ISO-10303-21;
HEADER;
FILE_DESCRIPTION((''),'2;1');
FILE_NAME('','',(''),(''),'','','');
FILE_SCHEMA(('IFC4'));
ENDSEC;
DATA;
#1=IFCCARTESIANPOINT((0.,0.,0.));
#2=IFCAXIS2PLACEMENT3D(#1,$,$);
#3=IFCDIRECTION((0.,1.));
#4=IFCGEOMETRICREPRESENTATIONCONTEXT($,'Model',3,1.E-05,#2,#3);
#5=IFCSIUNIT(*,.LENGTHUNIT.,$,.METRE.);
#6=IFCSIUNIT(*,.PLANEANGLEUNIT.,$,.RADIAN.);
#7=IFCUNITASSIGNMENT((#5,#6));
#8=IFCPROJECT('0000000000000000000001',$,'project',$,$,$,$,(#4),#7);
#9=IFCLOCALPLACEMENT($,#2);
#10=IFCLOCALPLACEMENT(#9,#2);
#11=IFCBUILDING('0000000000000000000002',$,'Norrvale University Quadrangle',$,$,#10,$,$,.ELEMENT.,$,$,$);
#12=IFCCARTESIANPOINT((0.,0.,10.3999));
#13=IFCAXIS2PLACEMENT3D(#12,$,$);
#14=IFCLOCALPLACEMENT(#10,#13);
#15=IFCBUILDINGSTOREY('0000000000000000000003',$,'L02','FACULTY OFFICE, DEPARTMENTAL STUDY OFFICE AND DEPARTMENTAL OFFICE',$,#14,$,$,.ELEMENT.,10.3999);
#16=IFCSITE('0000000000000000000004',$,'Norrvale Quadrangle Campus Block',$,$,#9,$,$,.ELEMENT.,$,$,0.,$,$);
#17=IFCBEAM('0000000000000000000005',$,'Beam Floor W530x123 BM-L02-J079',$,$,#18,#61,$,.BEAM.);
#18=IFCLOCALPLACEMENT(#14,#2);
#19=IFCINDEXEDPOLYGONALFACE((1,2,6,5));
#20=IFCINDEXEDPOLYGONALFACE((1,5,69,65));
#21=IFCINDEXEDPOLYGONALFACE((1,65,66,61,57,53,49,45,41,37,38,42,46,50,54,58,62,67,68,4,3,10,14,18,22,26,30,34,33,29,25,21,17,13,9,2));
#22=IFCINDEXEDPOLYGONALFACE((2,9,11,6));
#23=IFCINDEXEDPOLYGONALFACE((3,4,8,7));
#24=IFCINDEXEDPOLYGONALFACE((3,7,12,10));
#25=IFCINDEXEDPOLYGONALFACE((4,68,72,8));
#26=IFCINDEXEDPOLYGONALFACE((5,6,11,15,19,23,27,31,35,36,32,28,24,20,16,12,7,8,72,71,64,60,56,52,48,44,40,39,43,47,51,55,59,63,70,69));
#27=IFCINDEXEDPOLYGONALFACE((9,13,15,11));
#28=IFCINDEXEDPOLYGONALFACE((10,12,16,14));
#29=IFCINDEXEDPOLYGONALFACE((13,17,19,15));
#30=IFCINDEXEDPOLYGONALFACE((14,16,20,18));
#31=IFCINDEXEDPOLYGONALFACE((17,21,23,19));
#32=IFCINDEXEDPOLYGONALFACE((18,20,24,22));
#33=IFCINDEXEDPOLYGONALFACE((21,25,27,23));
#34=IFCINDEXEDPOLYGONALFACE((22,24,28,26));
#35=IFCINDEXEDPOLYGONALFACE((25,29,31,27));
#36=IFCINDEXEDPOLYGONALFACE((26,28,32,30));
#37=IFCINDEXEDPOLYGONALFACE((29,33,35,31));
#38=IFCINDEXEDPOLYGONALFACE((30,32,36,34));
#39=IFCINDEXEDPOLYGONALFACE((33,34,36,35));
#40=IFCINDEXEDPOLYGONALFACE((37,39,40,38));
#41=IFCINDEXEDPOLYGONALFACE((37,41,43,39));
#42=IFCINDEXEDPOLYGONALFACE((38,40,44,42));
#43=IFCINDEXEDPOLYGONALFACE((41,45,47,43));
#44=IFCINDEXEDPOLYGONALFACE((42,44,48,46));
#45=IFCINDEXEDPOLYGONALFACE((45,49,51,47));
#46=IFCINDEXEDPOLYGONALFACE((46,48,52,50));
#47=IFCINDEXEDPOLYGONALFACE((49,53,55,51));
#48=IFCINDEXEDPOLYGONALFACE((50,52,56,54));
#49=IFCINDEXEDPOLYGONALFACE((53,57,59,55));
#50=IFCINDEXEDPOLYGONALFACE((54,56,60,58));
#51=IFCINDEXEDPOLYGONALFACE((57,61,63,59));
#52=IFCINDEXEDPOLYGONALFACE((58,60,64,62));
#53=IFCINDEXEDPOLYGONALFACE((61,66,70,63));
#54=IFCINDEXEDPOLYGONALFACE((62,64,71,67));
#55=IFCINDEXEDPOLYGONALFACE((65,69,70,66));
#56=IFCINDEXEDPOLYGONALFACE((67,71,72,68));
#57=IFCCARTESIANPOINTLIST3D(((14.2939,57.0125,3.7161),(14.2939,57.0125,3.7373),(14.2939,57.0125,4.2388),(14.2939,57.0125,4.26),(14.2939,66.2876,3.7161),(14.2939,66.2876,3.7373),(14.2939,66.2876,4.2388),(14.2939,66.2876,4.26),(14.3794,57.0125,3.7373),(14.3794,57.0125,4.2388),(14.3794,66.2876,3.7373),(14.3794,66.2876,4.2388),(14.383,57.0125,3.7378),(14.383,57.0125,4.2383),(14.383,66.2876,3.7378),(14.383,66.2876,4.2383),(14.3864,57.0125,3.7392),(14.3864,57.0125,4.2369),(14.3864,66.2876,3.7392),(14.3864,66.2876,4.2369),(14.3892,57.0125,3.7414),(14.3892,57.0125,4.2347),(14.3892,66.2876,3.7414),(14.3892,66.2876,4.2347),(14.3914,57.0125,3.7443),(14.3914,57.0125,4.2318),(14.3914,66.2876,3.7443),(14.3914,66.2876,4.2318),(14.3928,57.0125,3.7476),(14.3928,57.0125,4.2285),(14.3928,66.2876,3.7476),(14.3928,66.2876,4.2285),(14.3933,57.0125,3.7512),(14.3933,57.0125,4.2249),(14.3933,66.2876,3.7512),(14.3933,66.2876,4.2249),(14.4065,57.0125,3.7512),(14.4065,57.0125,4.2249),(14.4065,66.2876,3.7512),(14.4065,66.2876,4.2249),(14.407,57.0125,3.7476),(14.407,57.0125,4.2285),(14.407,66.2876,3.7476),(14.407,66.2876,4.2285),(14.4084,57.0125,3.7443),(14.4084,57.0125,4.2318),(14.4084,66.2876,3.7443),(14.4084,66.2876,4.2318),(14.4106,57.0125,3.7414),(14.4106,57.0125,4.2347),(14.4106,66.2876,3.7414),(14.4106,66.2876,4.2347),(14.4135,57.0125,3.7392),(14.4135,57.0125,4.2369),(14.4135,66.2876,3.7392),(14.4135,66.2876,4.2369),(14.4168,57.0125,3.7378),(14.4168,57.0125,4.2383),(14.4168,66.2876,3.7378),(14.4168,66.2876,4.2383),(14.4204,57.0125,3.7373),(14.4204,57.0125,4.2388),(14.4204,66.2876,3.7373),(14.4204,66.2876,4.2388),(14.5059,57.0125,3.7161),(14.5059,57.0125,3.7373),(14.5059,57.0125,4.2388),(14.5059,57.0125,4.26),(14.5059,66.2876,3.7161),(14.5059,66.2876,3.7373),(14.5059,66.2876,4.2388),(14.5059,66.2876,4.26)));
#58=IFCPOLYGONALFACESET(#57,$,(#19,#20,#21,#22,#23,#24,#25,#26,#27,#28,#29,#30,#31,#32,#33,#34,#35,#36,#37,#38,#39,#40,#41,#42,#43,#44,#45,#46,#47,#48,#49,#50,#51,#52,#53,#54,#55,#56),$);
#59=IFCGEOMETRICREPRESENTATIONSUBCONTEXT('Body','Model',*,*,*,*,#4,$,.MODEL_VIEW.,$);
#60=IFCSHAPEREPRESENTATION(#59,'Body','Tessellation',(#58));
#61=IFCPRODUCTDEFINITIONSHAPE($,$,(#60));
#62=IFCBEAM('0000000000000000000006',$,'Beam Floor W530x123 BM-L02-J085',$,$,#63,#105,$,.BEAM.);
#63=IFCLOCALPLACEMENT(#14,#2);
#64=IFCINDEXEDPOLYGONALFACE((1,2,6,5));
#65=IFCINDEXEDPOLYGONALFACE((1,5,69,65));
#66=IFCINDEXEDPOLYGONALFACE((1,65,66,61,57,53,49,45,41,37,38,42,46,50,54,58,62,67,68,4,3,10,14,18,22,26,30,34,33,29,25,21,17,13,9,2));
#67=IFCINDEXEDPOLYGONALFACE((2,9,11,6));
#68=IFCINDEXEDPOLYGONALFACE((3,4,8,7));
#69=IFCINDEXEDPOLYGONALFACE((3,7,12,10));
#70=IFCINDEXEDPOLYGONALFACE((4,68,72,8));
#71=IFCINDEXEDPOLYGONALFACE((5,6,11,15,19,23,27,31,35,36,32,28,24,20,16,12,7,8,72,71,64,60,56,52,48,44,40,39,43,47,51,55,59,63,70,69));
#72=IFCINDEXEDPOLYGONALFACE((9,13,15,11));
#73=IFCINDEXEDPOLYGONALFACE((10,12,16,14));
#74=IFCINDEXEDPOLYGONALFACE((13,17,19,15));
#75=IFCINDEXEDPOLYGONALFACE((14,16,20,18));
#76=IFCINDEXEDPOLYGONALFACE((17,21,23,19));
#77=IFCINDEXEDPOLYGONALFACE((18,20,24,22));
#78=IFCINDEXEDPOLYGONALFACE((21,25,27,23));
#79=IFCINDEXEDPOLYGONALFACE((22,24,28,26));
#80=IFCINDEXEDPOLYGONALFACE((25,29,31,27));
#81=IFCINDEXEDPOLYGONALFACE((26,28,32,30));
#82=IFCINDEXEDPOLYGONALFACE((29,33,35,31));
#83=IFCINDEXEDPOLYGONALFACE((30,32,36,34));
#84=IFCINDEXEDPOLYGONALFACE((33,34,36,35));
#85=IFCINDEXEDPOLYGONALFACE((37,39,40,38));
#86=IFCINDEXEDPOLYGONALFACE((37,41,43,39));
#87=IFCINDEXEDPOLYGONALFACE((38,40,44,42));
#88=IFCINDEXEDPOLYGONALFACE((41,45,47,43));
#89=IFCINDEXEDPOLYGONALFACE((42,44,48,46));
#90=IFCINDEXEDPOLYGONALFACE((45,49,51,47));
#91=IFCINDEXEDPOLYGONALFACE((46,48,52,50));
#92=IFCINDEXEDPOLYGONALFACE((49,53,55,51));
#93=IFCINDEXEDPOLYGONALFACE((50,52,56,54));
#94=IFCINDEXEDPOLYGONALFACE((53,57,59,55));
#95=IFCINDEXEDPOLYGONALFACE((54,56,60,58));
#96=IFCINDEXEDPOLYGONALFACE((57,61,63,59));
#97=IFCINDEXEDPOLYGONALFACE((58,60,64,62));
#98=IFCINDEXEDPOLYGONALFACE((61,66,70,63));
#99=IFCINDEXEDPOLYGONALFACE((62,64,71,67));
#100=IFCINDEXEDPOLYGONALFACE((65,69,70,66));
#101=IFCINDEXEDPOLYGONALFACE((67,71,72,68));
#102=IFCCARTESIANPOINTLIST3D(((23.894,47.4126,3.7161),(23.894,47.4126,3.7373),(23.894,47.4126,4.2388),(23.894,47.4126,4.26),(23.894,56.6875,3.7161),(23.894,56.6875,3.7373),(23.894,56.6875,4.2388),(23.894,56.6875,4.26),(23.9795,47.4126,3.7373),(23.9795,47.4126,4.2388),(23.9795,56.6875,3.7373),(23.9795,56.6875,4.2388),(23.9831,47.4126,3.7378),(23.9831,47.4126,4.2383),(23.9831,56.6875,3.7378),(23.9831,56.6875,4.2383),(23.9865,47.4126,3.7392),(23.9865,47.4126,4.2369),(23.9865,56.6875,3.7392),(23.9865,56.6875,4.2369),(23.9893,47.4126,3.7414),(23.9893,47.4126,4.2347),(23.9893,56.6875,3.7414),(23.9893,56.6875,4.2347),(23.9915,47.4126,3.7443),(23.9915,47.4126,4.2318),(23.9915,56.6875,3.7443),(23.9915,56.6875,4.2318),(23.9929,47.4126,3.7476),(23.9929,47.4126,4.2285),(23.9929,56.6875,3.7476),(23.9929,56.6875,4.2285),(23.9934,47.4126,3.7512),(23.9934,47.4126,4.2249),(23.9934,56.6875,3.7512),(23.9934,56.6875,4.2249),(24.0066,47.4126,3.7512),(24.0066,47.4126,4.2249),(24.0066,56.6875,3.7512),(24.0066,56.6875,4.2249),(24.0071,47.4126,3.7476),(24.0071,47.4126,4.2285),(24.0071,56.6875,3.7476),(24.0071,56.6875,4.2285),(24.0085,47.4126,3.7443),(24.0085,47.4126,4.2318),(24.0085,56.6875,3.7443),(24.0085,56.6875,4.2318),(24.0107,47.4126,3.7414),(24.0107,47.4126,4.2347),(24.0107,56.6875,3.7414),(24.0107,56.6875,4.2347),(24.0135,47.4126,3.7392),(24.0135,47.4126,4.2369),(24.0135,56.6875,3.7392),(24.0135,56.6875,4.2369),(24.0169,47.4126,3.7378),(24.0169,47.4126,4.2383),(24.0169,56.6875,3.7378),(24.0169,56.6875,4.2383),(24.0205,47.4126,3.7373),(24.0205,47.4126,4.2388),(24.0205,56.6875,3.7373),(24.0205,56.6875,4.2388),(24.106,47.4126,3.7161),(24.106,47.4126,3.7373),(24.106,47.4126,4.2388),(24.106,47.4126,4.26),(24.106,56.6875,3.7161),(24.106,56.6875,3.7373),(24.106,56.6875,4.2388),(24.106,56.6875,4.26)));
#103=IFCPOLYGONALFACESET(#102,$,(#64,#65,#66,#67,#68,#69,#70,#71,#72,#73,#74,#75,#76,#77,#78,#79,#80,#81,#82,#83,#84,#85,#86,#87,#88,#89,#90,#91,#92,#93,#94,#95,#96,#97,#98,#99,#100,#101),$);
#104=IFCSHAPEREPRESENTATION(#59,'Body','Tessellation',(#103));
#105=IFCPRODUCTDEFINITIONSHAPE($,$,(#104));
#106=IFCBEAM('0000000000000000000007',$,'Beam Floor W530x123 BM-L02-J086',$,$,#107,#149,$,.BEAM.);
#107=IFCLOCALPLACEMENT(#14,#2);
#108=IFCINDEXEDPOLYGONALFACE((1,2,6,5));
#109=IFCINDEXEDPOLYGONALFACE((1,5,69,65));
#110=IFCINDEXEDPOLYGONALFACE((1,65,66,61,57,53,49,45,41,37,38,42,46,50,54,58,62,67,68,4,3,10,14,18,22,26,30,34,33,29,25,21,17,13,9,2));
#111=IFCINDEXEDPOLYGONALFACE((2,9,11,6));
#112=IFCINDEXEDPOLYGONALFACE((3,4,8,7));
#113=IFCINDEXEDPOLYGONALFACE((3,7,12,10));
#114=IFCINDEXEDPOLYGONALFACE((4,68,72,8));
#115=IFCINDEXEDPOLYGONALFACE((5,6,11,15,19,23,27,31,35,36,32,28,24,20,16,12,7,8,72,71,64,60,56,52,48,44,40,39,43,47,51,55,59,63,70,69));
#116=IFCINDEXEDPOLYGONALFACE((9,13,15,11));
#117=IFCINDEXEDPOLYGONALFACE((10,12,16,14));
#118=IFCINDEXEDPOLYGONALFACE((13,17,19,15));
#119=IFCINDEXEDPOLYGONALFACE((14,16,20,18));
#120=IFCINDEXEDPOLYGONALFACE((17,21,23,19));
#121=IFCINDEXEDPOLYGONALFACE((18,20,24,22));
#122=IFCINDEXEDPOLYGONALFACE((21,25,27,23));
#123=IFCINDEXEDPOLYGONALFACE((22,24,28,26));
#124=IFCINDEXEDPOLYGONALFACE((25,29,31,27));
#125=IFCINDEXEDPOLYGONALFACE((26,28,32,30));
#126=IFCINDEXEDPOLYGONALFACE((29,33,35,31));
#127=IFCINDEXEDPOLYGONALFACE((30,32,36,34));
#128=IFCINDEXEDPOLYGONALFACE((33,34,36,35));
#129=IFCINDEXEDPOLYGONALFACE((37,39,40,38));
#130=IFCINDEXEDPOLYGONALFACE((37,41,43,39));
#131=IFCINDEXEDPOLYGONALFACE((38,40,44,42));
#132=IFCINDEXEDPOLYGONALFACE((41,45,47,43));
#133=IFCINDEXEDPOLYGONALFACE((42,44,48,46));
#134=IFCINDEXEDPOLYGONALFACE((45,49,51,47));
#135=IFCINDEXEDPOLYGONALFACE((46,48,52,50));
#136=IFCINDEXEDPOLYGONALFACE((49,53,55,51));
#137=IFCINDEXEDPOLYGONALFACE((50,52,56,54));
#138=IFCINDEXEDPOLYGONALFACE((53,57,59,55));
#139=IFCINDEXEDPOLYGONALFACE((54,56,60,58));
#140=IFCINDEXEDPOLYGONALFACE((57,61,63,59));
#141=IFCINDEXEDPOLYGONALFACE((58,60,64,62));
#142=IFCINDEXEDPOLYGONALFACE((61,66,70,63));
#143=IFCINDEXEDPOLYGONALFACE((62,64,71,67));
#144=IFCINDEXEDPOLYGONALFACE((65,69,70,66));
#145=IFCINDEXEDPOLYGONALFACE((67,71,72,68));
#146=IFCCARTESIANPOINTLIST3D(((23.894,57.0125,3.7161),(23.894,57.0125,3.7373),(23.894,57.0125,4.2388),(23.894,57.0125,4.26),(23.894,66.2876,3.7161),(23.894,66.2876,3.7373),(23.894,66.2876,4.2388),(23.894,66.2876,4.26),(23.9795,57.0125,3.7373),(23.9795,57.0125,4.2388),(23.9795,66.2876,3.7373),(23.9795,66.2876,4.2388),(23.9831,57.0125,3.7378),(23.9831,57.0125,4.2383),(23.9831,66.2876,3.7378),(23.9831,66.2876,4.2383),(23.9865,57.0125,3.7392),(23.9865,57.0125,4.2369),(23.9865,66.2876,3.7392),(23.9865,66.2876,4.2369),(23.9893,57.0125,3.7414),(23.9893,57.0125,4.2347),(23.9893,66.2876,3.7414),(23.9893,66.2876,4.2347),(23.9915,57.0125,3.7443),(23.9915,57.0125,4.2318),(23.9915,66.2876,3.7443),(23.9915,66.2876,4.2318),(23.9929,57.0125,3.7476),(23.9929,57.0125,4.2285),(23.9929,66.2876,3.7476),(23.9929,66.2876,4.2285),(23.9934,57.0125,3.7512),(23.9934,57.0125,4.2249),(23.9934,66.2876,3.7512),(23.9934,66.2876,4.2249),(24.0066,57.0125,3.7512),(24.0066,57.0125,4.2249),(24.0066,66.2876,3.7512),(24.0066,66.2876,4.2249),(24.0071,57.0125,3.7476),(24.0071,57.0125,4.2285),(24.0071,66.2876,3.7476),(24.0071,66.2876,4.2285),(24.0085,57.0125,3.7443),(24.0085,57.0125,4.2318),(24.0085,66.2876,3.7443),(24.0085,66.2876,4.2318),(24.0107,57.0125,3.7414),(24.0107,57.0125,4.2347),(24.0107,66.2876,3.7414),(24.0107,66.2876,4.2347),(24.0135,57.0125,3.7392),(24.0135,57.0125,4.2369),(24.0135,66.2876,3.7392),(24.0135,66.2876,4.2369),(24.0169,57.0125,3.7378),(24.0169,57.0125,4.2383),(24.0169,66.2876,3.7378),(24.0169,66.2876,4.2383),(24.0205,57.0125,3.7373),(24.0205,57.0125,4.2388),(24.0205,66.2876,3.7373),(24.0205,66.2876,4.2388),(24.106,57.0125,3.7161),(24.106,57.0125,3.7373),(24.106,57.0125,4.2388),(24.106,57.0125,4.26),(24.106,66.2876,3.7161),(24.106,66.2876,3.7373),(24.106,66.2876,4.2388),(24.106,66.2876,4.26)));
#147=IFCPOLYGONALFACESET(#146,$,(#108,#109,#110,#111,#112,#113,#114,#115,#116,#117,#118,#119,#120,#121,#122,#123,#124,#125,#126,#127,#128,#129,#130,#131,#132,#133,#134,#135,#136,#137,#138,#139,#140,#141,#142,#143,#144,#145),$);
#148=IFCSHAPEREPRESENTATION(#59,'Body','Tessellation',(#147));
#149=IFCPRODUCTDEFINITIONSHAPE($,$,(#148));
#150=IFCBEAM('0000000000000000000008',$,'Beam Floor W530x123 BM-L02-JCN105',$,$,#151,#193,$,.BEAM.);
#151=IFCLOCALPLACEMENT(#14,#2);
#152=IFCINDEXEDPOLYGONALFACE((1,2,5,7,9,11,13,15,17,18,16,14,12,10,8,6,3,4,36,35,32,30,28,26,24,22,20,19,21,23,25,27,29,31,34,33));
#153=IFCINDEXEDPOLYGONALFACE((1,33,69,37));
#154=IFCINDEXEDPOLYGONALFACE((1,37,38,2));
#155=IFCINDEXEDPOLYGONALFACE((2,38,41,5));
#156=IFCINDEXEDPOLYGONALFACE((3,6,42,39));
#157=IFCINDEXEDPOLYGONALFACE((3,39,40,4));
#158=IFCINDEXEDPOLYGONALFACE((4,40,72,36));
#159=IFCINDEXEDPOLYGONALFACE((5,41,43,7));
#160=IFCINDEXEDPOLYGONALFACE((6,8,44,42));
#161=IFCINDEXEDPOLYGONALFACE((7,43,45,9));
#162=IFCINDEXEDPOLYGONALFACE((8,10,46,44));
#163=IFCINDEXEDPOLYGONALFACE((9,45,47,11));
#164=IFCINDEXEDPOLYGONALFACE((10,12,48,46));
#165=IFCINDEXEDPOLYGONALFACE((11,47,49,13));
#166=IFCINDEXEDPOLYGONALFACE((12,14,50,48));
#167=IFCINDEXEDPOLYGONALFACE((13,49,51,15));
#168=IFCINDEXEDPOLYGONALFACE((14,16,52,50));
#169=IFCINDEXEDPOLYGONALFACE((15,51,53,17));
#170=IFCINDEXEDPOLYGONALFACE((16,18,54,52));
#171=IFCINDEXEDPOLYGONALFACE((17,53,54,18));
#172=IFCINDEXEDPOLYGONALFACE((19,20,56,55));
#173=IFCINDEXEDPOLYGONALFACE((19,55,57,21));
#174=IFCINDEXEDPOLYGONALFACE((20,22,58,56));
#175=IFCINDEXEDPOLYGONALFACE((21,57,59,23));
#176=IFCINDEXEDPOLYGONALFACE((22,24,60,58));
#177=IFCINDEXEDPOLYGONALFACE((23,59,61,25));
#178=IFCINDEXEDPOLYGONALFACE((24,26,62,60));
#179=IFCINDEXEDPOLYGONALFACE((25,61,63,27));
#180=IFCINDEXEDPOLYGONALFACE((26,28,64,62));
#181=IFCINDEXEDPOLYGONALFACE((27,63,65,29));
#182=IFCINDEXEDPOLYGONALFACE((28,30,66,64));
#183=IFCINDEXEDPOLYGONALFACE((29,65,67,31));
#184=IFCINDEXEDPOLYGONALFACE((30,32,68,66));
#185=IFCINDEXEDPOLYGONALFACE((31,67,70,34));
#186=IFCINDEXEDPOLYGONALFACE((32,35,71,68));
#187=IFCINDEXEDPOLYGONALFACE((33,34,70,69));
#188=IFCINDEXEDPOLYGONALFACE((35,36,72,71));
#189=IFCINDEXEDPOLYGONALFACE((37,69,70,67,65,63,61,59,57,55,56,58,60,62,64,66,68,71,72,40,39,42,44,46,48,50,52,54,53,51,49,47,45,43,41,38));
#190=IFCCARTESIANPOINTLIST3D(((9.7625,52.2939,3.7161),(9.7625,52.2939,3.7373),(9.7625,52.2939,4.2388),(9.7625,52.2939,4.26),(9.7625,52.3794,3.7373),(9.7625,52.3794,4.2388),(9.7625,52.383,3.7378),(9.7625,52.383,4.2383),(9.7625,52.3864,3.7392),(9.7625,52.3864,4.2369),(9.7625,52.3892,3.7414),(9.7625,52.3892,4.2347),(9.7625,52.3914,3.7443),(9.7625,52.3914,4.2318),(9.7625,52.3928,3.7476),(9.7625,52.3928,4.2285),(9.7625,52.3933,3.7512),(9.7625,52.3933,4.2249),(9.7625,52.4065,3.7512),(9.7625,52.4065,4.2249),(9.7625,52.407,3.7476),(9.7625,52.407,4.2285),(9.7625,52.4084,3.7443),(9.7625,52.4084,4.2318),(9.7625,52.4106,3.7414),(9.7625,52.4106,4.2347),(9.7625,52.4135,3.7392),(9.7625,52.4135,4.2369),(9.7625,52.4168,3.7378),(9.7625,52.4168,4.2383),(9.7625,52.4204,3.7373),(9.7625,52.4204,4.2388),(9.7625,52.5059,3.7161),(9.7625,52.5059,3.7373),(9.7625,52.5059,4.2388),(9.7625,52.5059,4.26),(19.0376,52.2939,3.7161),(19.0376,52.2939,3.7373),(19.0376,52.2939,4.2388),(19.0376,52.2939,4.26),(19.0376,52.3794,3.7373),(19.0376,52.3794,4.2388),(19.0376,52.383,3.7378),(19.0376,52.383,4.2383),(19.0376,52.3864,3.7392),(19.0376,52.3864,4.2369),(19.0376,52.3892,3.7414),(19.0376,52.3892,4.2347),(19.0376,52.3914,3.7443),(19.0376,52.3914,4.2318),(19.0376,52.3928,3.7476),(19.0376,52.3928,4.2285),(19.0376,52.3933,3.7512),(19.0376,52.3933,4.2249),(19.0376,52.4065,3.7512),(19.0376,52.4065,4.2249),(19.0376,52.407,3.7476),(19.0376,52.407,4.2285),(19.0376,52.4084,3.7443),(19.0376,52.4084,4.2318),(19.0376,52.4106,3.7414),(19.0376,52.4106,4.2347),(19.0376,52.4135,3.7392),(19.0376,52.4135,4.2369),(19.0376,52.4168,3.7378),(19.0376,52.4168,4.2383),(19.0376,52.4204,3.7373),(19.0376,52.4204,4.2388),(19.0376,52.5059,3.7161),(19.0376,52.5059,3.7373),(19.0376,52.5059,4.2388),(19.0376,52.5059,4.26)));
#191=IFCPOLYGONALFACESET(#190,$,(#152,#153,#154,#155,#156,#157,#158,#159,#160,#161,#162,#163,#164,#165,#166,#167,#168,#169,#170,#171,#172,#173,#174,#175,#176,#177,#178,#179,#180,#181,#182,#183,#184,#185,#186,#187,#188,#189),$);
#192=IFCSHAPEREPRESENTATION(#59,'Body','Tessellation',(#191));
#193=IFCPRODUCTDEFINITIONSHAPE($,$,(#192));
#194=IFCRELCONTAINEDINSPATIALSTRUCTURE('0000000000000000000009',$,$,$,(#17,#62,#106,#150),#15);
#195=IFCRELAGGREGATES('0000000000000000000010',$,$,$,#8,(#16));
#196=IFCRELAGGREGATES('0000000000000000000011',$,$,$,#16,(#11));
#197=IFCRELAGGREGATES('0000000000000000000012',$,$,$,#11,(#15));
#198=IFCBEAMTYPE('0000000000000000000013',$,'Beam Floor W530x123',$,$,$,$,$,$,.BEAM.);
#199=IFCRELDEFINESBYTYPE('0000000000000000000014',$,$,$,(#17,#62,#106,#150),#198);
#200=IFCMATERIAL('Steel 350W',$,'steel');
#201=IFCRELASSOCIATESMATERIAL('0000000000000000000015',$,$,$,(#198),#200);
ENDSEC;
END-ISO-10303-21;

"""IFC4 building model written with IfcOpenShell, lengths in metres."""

from ifc_helpers import new_model, si_unit, direction, frame, origin, origin_2d, place, context, subcontext, project, spatial, i_section, extrude, material, material_profile, profile_set, type_object, element, save


model = new_model("IFC4")

# Units and contexts
model_context = context("Model", 3, precision=1e-05, world=origin(), true_north=direction((0.0, 1.0)))
body_context = subcontext(model_context, "Body", "Model", "MODEL_VIEW")
ifc_project = project(units=[si_unit("LENGTHUNIT", "METRE"), si_unit("PLANEANGLEUNIT", "RADIAN")], contexts=[model_context])

# Site, building, storey
site_placement = place(None, origin())
site = spatial("IfcSite", under=ifc_project, at=site_placement, Name="Norrvale Quadrangle Campus Block", CompositionType="ELEMENT", RefElevation=0.0)
building_placement = place(site_placement, origin())
building = spatial("IfcBuilding", under=site, at=building_placement, Name="Norrvale University Quadrangle", CompositionType="ELEMENT")
storey_placement = place(building_placement, frame((0.0, 0.0, 10.3999)))
storey = spatial("IfcBuildingStorey", under=building, at=storey_placement, Name="L02", Description="FACULTY OFFICE, DEPARTMENTAL STUDY OFFICE AND DEPARTMENTAL OFFICE", CompositionType="ELEMENT", Elevation=10.3999)

# Beams
ifc_material_1 = material(Name="Steel 350W", Category="steel")
ifc_material_profile_1 = material_profile(ifc_material_1, i_section(OverallWidth=0.2119, OverallDepth=0.5439, WebThickness=0.0132, FlangeThickness=0.0212, FilletRadius=0.0139, at=origin_2d()), Name="Steel 350W")
ifc_profile_set_1 = profile_set([ifc_material_profile_1], Name="Steel 350W")
beam_type_1 = type_object("IfcBeamType", Name="Beam Floor W530x123", PredefinedType="BEAM", material=ifc_profile_set_1)
beam_1_placement = place(storey_placement, frame((14.3999, 57.0125, 3.988), z_axis=(0.0, 1.0, 0.0), x_axis=(-1.0, 0.0, 0.0)))
element("IfcBeam", 1, at=beam_1_placement, inside=storey, type_object=beam_type_1, Name="Beam Floor W530x123 BM-L02-J079", PredefinedType="BEAM", context=body_context, shape_type="SweptSolid", body=[
    extrude(i_section(OverallWidth=0.2119, OverallDepth=0.5439, WebThickness=0.0132, FlangeThickness=0.0212, FilletRadius=0.0139, at=origin_2d()), origin(), (0.0, 0.0, 1.0), 9.2751),
])
beam_2_placement = place(storey_placement, frame((24.0, 47.4126, 3.988), z_axis=(0.0, 1.0, 0.0), x_axis=(-1.0, 0.0, 0.0)))
element("IfcBeam", 2, at=beam_2_placement, inside=storey, type_object=beam_type_1, Name="Beam Floor W530x123 BM-L02-J085", PredefinedType="BEAM", context=body_context, shape_type="SweptSolid", body=[
    extrude(i_section(OverallWidth=0.2119, OverallDepth=0.5439, WebThickness=0.0132, FlangeThickness=0.0212, FilletRadius=0.0139, at=origin_2d()), origin(), (0.0, 0.0, 1.0), 9.2749),
])
for number, where, z_axis, x_axis, name in (
    (3, (24.0, 57.0125, 3.988), (0.0, 1.0, 0.0), (-1.0, 0.0, 0.0), "Beam Floor W530x123 BM-L02-J086"),
    (4, (9.7625, 52.3999, 3.988), (1.0, 0.0, 0.0), (0.0, 1.0, 0.0), "Beam Floor W530x123 BM-L02-JCN105"),
):
    element("IfcBeam", number, at=place(storey_placement, frame(where, z_axis=z_axis, x_axis=x_axis)), inside=storey, type_object=beam_type_1, Name=name, PredefinedType="BEAM", context=body_context, shape_type="SweptSolid", body=[
        extrude(i_section(OverallWidth=0.2119, OverallDepth=0.5439, WebThickness=0.0132, FlangeThickness=0.0212, FilletRadius=0.0139, at=origin_2d()), origin(), (0.0, 0.0, 1.0), 9.2751),
    ])

save(model, "model.ifc")
